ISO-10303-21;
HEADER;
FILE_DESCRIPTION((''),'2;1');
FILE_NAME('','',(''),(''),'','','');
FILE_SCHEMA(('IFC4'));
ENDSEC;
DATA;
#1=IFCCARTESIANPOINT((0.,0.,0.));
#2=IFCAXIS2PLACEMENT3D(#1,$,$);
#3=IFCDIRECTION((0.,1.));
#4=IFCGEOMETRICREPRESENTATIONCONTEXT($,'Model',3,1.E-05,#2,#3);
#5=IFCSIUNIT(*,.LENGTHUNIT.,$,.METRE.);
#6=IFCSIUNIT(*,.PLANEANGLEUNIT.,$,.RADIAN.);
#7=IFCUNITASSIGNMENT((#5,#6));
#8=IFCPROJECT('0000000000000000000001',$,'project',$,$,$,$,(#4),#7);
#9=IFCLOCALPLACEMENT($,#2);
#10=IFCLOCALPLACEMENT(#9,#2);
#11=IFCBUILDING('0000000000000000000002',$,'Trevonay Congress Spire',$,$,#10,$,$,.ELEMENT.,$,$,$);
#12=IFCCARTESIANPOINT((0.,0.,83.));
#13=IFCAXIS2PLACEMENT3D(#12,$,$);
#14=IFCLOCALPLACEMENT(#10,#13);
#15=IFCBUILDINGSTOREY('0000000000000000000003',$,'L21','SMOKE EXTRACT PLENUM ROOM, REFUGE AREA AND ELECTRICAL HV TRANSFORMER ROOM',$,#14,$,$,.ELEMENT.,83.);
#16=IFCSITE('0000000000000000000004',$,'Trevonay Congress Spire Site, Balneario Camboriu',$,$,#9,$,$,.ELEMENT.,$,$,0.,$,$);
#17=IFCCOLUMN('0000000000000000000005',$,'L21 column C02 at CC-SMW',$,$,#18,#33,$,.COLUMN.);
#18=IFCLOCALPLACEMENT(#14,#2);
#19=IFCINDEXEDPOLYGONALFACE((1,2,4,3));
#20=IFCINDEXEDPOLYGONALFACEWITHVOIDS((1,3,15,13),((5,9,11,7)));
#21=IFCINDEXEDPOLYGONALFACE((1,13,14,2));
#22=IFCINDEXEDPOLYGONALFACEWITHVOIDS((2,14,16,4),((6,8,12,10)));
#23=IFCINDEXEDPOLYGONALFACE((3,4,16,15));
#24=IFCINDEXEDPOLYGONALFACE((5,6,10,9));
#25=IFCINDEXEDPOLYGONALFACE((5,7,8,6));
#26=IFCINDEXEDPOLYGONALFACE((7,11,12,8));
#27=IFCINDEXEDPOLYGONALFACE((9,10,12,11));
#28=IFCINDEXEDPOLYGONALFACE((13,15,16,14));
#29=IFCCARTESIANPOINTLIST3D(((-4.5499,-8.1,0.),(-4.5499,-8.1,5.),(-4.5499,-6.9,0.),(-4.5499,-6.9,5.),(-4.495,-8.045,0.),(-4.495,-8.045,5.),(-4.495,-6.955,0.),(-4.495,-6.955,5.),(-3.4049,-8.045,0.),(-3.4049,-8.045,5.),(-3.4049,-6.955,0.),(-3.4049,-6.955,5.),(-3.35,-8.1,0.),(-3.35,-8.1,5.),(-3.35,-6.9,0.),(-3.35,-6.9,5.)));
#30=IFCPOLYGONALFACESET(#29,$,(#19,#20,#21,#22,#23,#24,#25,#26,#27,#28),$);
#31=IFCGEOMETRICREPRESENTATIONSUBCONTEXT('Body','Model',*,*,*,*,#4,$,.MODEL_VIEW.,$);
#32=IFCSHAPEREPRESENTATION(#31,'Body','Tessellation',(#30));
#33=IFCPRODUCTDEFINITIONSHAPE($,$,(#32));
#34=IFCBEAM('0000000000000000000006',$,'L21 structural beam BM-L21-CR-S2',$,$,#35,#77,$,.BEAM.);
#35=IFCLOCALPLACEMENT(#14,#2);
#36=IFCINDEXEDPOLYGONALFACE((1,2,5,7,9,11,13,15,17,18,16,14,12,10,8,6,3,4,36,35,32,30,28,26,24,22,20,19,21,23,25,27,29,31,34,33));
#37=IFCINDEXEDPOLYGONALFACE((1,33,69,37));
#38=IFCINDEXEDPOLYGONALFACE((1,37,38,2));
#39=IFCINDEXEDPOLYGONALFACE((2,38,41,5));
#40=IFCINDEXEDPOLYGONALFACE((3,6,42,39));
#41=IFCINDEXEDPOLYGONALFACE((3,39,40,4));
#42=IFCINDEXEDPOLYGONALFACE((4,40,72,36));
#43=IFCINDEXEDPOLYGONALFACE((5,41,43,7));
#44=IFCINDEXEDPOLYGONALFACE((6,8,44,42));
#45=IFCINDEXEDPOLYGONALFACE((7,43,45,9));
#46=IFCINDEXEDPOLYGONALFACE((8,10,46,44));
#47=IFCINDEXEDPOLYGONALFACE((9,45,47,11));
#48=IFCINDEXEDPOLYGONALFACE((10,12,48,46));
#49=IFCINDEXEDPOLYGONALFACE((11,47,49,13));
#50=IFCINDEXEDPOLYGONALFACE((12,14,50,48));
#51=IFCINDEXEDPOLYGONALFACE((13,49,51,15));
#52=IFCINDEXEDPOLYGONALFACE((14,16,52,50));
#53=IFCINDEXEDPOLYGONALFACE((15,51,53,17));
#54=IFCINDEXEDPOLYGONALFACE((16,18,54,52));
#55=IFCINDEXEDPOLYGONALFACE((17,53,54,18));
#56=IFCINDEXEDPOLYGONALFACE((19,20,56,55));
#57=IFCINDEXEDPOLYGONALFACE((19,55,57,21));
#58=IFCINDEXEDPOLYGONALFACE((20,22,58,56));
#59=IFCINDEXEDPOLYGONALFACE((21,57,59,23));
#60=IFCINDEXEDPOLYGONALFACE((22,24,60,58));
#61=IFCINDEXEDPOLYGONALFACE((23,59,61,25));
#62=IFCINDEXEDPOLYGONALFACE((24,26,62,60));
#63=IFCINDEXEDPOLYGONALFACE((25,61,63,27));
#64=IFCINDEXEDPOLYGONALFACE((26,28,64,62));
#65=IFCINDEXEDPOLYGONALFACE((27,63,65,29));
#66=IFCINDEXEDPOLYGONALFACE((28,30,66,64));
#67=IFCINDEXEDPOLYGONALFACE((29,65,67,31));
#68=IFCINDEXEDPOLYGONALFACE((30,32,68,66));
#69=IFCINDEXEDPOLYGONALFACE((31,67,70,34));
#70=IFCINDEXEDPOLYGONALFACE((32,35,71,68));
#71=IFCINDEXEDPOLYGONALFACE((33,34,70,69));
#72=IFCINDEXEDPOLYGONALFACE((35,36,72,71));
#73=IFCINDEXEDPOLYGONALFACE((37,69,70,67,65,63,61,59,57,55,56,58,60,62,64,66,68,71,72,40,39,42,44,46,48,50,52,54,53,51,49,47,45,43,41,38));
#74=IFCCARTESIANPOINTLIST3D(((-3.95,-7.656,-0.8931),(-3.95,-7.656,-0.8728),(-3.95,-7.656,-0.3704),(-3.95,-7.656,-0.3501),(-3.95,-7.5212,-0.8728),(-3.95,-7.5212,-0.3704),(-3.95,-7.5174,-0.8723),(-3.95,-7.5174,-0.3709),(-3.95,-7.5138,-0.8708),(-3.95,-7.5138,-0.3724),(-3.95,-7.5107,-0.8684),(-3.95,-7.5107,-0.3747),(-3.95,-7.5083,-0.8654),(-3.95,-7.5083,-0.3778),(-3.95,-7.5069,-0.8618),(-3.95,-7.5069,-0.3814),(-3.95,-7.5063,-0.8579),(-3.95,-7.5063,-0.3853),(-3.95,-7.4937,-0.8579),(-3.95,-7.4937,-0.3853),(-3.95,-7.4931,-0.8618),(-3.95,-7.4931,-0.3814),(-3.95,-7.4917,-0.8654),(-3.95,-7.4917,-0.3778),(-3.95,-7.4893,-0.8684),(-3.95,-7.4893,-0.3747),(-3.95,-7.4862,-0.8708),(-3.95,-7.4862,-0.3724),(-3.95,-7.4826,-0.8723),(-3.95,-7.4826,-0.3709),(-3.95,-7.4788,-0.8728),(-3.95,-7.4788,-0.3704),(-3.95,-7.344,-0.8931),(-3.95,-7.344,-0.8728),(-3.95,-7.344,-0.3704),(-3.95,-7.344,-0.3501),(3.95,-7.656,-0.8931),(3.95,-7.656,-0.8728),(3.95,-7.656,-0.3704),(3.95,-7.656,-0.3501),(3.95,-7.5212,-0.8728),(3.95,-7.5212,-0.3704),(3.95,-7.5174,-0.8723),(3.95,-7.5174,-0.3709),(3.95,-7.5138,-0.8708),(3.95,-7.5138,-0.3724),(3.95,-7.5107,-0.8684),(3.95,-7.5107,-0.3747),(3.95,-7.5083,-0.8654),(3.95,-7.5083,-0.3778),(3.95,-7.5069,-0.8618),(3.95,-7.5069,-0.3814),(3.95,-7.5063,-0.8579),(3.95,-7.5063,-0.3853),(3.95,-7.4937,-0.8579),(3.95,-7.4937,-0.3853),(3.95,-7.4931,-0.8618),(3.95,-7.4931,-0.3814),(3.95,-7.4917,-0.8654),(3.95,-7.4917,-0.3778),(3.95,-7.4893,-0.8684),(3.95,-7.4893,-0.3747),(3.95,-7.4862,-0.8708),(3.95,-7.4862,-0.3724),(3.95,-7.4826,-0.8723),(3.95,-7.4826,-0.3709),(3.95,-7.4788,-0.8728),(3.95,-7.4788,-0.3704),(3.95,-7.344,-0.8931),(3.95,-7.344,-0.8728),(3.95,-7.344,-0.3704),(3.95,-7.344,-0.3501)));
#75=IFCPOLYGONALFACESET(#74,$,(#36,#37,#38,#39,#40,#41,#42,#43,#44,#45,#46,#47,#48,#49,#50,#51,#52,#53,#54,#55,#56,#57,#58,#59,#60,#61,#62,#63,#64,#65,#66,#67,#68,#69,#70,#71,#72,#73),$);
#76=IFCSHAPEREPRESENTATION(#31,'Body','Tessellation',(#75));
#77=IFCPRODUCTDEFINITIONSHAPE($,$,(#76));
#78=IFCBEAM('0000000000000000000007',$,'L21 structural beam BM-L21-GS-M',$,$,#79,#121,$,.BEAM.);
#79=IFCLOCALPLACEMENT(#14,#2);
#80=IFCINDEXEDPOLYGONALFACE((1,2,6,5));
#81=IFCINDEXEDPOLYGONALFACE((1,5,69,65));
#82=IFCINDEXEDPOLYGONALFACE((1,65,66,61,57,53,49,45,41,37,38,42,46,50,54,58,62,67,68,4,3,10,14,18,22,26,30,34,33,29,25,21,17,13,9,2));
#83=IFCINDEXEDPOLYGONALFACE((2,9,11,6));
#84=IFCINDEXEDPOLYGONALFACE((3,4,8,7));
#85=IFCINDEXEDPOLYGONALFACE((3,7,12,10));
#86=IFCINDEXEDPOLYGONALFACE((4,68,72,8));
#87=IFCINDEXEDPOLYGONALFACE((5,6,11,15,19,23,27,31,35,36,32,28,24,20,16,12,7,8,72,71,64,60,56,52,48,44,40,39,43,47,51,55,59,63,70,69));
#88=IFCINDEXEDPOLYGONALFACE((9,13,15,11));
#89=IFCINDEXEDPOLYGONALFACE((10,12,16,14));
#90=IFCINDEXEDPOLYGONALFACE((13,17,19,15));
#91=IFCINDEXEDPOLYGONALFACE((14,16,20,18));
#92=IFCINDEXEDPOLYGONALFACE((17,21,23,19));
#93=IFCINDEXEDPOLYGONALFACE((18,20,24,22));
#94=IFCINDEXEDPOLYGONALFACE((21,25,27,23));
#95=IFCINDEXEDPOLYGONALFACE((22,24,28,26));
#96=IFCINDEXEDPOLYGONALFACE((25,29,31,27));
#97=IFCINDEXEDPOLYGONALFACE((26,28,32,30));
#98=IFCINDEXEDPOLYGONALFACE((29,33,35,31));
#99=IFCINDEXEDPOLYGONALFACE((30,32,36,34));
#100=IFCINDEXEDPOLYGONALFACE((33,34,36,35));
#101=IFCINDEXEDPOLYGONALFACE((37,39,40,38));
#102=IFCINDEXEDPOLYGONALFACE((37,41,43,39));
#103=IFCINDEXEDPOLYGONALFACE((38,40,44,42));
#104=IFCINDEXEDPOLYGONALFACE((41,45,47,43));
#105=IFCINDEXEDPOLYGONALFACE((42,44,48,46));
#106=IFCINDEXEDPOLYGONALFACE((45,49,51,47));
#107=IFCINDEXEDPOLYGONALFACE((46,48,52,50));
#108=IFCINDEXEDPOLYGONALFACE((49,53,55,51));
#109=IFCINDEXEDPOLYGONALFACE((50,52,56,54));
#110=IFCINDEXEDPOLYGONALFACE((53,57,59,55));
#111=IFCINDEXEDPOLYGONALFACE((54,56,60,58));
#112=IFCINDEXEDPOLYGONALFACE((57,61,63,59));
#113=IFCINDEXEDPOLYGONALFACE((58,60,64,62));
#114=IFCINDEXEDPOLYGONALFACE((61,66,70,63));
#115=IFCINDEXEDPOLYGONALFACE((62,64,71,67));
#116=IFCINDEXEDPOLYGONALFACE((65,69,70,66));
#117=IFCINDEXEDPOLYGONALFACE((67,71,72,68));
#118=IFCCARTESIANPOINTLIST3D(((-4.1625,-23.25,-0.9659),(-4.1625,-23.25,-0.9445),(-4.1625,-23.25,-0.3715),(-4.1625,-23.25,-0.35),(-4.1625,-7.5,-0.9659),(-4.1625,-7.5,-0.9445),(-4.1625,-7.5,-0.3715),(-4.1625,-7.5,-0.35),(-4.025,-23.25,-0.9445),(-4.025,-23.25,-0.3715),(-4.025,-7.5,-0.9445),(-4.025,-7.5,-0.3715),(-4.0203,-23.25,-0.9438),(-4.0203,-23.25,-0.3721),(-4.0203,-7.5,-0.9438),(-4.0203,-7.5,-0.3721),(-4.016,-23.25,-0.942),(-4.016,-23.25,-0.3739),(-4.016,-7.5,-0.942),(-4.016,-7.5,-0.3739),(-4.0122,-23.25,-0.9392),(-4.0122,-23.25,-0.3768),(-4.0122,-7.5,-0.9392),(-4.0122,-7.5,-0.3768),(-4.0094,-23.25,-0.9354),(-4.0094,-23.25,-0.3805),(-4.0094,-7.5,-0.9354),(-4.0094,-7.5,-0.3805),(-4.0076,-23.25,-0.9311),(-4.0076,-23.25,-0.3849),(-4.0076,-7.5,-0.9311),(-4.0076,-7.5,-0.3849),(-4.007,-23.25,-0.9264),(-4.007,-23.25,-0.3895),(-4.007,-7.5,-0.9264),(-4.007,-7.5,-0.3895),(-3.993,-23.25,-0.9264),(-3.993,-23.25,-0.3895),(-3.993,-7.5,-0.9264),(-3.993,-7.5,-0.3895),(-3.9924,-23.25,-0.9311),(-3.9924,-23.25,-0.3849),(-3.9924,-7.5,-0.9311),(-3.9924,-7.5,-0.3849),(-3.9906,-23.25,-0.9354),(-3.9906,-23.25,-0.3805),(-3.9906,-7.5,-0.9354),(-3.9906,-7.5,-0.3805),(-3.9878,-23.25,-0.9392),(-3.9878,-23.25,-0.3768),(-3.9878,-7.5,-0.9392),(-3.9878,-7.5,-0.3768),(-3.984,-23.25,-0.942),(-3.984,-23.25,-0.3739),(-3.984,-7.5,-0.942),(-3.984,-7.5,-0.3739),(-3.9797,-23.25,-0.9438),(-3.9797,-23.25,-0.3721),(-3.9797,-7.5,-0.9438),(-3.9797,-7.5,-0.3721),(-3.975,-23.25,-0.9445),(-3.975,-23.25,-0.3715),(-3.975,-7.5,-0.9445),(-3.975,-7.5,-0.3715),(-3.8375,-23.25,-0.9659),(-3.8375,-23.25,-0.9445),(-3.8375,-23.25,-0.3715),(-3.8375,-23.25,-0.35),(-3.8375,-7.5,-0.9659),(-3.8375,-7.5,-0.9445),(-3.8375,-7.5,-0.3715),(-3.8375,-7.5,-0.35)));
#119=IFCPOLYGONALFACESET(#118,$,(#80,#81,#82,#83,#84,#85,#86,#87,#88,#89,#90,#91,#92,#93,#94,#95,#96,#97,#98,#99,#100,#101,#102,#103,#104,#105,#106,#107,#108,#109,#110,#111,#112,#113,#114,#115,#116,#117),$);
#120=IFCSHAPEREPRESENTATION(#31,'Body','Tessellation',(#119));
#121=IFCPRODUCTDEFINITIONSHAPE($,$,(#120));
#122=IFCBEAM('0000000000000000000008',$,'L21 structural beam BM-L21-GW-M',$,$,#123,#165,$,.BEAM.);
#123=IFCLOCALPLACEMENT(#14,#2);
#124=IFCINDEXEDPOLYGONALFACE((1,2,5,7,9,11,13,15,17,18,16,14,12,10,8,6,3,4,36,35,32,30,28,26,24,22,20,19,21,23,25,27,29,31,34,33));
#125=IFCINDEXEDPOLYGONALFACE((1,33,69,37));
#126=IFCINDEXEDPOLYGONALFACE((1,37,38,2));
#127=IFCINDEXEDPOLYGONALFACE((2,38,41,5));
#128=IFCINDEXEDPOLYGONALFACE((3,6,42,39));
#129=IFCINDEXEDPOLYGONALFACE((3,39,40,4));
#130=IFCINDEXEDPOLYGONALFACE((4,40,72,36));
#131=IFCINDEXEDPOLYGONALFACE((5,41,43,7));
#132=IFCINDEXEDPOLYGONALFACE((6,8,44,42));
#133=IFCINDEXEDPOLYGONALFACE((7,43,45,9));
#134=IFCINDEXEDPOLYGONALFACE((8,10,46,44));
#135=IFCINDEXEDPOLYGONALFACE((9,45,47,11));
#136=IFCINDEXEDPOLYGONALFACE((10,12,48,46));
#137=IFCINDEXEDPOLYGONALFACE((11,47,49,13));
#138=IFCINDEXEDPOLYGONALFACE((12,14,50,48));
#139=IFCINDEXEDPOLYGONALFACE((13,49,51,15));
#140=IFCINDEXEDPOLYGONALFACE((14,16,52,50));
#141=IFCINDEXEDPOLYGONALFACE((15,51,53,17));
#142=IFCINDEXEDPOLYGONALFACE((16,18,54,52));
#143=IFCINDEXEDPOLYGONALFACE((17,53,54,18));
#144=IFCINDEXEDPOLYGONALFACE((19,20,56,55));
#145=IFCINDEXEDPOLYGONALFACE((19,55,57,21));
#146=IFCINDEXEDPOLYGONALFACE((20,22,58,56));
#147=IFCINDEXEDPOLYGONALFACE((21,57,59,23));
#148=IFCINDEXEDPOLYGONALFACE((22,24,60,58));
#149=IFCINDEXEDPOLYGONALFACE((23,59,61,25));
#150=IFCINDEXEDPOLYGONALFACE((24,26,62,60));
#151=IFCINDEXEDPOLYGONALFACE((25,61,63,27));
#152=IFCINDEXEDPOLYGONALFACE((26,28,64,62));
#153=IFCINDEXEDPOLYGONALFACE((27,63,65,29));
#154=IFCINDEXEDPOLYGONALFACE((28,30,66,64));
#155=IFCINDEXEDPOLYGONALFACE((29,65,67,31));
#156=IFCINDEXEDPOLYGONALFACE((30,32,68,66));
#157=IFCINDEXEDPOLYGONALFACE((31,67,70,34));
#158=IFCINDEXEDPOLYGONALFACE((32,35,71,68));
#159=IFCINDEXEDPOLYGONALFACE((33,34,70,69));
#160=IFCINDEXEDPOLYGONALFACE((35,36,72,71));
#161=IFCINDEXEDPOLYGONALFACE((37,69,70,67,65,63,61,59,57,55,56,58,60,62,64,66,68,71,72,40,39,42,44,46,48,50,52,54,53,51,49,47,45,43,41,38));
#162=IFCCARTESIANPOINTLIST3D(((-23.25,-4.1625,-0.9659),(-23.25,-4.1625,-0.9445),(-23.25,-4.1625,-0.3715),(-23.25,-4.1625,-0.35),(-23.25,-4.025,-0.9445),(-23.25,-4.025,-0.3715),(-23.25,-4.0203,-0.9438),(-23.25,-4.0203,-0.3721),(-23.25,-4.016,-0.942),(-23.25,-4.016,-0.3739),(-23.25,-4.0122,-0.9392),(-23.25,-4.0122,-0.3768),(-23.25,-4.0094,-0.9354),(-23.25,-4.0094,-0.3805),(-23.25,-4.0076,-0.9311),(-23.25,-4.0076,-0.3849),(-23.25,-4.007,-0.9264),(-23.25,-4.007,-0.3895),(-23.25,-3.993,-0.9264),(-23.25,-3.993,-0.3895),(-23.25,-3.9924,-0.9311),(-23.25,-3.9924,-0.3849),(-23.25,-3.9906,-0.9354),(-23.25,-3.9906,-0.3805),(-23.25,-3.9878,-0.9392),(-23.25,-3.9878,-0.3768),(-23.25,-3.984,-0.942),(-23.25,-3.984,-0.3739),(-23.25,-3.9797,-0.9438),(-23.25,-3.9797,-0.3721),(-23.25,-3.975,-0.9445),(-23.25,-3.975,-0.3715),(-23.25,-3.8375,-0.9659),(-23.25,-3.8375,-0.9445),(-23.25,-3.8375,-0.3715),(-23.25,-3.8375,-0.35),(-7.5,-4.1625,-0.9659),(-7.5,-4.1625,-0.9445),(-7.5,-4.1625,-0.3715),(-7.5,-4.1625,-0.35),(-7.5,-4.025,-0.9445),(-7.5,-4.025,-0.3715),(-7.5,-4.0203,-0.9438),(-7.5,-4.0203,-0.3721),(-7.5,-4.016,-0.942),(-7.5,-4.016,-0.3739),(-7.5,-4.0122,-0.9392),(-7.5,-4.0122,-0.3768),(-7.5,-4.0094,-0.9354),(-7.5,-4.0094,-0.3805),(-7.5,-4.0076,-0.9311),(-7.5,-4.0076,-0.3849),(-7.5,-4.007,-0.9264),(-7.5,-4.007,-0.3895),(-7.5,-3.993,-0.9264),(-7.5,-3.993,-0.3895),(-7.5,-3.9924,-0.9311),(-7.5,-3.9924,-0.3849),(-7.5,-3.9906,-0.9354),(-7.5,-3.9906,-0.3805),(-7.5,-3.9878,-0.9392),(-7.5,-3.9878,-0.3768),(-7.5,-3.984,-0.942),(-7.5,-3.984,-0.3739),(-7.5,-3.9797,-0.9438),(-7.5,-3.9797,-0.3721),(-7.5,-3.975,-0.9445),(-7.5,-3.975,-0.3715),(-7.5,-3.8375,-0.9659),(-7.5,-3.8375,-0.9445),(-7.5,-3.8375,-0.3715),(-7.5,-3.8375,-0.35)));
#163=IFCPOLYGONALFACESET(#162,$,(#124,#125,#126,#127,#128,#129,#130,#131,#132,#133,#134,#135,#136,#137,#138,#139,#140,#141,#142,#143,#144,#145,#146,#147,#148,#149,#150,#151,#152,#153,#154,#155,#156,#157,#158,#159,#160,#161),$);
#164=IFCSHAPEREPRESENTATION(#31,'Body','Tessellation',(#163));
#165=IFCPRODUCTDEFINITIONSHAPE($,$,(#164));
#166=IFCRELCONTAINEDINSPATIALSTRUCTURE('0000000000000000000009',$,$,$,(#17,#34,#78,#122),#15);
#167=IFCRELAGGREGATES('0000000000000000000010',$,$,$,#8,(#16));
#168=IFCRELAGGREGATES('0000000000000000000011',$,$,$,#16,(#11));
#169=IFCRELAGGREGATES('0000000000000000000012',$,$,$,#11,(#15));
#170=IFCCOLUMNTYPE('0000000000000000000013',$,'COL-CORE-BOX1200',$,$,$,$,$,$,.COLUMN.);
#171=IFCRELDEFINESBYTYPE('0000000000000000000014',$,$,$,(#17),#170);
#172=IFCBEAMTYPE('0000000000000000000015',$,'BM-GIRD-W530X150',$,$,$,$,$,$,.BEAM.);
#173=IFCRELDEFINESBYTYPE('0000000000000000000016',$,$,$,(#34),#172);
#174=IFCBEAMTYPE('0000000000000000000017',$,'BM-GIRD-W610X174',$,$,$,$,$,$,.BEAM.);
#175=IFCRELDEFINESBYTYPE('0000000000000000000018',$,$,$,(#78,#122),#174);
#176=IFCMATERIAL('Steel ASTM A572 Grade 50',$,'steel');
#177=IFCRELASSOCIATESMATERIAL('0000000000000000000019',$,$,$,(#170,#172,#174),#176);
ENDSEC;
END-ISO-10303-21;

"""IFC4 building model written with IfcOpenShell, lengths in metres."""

from ifc_helpers import new_model, si_unit, direction, frame, origin, origin_2d, place, context, subcontext, project, spatial, hollow_rectangle, i_section, extrude, material, material_profile, profile_set, type_object, element, save


model = new_model("IFC4")

# Units and contexts
model_context = context("Model", 3, precision=1e-05, world=origin(), true_north=direction((0.0, 1.0)))
body_context = subcontext(model_context, "Body", "Model", "MODEL_VIEW")
ifc_project = project(units=[si_unit("LENGTHUNIT", "METRE"), si_unit("PLANEANGLEUNIT", "RADIAN")], contexts=[model_context])

# Site, building, storey
site_placement = place(None, origin())
site = spatial("IfcSite", under=ifc_project, at=site_placement, Name="Trevonay Congress Spire Site, Balneario Camboriu", CompositionType="ELEMENT", RefElevation=0.0)
building_placement = place(site_placement, origin())
building = spatial("IfcBuilding", under=site, at=building_placement, Name="Trevonay Congress Spire", CompositionType="ELEMENT")
storey_placement = place(building_placement, frame((0.0, 0.0, 83.0)))
storey = spatial("IfcBuildingStorey", under=building, at=storey_placement, Name="L21", Description="SMOKE EXTRACT PLENUM ROOM, REFUGE AREA AND ELECTRICAL HV TRANSFORMER ROOM", CompositionType="ELEMENT", Elevation=83.0)

# Column
ifc_material_1 = material(Name="Steel ASTM A572 Grade 50", Category="steel")
ifc_material_profile_1 = material_profile(ifc_material_1, hollow_rectangle(XDim=1.2, YDim=1.2, WallThickness=0.0549, at=origin_2d()), Name="BOX 1200x1200x55")
ifc_profile_set_1 = profile_set([ifc_material_profile_1], Name="Steel ASTM A572 Grade 50")
column_type = type_object("IfcColumnType", Name="COL-CORE-BOX1200", PredefinedType="COLUMN", material=ifc_profile_set_1)
column_placement = place(storey_placement, frame((-3.95, -7.5, 0.0), z_axis=(0.0, 0.0, 1.0), x_axis=(1.0, 0.0, 0.0)))
element("IfcColumn", 1, at=column_placement, inside=storey, type_object=column_type, Name="L21 column C02 at CC-SMW", PredefinedType="COLUMN", context=body_context, shape_type="SweptSolid", body=[
    extrude(hollow_rectangle(XDim=1.2, YDim=1.2, WallThickness=0.0549, at=origin_2d()), origin(), (0.0, 0.0, 1.0), 5.0),
])

# Beams
ifc_material_profile_2 = material_profile(ifc_material_1, i_section(OverallWidth=0.312, OverallDepth=0.543, WebThickness=0.0127, FlangeThickness=0.0203, FilletRadius=0.0149, at=origin_2d()), Name="W530x150")
ifc_profile_set_2 = profile_set([ifc_material_profile_2], Name="Steel ASTM A572 Grade 50")
beam_type_1 = type_object("IfcBeamType", Name="BM-GIRD-W530X150", PredefinedType="BEAM", material=ifc_profile_set_2)
beam_placement = place(storey_placement, frame((-3.95, -7.5, -0.6216), z_axis=(1.0, 0.0, 0.0), x_axis=(0.0, 1.0, 0.0)))
element("IfcBeam", 2, at=beam_placement, inside=storey, type_object=beam_type_1, Name="L21 structural beam BM-L21-CR-S2", PredefinedType="BEAM", context=body_context, shape_type="SweptSolid", body=[
    extrude(i_section(OverallWidth=0.312, OverallDepth=0.543, WebThickness=0.0127, FlangeThickness=0.0203, FilletRadius=0.0149, at=origin_2d()), origin(), (0.0, 0.0, 1.0), 7.8999),
])
ifc_material_profile_3 = material_profile(ifc_material_1, i_section(OverallWidth=0.325, OverallDepth=0.616, WebThickness=0.0139, FlangeThickness=0.0215, FilletRadius=0.0181, at=origin_2d()), Name="W610x174")
ifc_profile_set_3 = profile_set([ifc_material_profile_3], Name="Steel ASTM A572 Grade 50")
beam_type_2 = type_object("IfcBeamType", Name="BM-GIRD-W610X174", PredefinedType="BEAM", material=ifc_profile_set_3)
for number, where, z_axis, x_axis, name in (
    (3, (-4.0, -7.5, -0.658), (0.0, -1.0, 0.0), (1.0, 0.0, 0.0), "L21 structural beam BM-L21-GS-M"),
    (4, (-7.5, -4.0, -0.658), (-1.0, 0.0, 0.0), (0.0, -1.0, 0.0), "L21 structural beam BM-L21-GW-M"),
):
    element("IfcBeam", number, at=place(storey_placement, frame(where, z_axis=z_axis, x_axis=x_axis)), inside=storey, type_object=beam_type_2, Name=name, PredefinedType="BEAM", context=body_context, shape_type="SweptSolid", body=[
        extrude(i_section(OverallWidth=0.325, OverallDepth=0.616, WebThickness=0.0139, FlangeThickness=0.0215, FilletRadius=0.0181, at=origin_2d()), origin(), (0.0, 0.0, 1.0), 15.75),
    ])

save(model, "model.ifc")
